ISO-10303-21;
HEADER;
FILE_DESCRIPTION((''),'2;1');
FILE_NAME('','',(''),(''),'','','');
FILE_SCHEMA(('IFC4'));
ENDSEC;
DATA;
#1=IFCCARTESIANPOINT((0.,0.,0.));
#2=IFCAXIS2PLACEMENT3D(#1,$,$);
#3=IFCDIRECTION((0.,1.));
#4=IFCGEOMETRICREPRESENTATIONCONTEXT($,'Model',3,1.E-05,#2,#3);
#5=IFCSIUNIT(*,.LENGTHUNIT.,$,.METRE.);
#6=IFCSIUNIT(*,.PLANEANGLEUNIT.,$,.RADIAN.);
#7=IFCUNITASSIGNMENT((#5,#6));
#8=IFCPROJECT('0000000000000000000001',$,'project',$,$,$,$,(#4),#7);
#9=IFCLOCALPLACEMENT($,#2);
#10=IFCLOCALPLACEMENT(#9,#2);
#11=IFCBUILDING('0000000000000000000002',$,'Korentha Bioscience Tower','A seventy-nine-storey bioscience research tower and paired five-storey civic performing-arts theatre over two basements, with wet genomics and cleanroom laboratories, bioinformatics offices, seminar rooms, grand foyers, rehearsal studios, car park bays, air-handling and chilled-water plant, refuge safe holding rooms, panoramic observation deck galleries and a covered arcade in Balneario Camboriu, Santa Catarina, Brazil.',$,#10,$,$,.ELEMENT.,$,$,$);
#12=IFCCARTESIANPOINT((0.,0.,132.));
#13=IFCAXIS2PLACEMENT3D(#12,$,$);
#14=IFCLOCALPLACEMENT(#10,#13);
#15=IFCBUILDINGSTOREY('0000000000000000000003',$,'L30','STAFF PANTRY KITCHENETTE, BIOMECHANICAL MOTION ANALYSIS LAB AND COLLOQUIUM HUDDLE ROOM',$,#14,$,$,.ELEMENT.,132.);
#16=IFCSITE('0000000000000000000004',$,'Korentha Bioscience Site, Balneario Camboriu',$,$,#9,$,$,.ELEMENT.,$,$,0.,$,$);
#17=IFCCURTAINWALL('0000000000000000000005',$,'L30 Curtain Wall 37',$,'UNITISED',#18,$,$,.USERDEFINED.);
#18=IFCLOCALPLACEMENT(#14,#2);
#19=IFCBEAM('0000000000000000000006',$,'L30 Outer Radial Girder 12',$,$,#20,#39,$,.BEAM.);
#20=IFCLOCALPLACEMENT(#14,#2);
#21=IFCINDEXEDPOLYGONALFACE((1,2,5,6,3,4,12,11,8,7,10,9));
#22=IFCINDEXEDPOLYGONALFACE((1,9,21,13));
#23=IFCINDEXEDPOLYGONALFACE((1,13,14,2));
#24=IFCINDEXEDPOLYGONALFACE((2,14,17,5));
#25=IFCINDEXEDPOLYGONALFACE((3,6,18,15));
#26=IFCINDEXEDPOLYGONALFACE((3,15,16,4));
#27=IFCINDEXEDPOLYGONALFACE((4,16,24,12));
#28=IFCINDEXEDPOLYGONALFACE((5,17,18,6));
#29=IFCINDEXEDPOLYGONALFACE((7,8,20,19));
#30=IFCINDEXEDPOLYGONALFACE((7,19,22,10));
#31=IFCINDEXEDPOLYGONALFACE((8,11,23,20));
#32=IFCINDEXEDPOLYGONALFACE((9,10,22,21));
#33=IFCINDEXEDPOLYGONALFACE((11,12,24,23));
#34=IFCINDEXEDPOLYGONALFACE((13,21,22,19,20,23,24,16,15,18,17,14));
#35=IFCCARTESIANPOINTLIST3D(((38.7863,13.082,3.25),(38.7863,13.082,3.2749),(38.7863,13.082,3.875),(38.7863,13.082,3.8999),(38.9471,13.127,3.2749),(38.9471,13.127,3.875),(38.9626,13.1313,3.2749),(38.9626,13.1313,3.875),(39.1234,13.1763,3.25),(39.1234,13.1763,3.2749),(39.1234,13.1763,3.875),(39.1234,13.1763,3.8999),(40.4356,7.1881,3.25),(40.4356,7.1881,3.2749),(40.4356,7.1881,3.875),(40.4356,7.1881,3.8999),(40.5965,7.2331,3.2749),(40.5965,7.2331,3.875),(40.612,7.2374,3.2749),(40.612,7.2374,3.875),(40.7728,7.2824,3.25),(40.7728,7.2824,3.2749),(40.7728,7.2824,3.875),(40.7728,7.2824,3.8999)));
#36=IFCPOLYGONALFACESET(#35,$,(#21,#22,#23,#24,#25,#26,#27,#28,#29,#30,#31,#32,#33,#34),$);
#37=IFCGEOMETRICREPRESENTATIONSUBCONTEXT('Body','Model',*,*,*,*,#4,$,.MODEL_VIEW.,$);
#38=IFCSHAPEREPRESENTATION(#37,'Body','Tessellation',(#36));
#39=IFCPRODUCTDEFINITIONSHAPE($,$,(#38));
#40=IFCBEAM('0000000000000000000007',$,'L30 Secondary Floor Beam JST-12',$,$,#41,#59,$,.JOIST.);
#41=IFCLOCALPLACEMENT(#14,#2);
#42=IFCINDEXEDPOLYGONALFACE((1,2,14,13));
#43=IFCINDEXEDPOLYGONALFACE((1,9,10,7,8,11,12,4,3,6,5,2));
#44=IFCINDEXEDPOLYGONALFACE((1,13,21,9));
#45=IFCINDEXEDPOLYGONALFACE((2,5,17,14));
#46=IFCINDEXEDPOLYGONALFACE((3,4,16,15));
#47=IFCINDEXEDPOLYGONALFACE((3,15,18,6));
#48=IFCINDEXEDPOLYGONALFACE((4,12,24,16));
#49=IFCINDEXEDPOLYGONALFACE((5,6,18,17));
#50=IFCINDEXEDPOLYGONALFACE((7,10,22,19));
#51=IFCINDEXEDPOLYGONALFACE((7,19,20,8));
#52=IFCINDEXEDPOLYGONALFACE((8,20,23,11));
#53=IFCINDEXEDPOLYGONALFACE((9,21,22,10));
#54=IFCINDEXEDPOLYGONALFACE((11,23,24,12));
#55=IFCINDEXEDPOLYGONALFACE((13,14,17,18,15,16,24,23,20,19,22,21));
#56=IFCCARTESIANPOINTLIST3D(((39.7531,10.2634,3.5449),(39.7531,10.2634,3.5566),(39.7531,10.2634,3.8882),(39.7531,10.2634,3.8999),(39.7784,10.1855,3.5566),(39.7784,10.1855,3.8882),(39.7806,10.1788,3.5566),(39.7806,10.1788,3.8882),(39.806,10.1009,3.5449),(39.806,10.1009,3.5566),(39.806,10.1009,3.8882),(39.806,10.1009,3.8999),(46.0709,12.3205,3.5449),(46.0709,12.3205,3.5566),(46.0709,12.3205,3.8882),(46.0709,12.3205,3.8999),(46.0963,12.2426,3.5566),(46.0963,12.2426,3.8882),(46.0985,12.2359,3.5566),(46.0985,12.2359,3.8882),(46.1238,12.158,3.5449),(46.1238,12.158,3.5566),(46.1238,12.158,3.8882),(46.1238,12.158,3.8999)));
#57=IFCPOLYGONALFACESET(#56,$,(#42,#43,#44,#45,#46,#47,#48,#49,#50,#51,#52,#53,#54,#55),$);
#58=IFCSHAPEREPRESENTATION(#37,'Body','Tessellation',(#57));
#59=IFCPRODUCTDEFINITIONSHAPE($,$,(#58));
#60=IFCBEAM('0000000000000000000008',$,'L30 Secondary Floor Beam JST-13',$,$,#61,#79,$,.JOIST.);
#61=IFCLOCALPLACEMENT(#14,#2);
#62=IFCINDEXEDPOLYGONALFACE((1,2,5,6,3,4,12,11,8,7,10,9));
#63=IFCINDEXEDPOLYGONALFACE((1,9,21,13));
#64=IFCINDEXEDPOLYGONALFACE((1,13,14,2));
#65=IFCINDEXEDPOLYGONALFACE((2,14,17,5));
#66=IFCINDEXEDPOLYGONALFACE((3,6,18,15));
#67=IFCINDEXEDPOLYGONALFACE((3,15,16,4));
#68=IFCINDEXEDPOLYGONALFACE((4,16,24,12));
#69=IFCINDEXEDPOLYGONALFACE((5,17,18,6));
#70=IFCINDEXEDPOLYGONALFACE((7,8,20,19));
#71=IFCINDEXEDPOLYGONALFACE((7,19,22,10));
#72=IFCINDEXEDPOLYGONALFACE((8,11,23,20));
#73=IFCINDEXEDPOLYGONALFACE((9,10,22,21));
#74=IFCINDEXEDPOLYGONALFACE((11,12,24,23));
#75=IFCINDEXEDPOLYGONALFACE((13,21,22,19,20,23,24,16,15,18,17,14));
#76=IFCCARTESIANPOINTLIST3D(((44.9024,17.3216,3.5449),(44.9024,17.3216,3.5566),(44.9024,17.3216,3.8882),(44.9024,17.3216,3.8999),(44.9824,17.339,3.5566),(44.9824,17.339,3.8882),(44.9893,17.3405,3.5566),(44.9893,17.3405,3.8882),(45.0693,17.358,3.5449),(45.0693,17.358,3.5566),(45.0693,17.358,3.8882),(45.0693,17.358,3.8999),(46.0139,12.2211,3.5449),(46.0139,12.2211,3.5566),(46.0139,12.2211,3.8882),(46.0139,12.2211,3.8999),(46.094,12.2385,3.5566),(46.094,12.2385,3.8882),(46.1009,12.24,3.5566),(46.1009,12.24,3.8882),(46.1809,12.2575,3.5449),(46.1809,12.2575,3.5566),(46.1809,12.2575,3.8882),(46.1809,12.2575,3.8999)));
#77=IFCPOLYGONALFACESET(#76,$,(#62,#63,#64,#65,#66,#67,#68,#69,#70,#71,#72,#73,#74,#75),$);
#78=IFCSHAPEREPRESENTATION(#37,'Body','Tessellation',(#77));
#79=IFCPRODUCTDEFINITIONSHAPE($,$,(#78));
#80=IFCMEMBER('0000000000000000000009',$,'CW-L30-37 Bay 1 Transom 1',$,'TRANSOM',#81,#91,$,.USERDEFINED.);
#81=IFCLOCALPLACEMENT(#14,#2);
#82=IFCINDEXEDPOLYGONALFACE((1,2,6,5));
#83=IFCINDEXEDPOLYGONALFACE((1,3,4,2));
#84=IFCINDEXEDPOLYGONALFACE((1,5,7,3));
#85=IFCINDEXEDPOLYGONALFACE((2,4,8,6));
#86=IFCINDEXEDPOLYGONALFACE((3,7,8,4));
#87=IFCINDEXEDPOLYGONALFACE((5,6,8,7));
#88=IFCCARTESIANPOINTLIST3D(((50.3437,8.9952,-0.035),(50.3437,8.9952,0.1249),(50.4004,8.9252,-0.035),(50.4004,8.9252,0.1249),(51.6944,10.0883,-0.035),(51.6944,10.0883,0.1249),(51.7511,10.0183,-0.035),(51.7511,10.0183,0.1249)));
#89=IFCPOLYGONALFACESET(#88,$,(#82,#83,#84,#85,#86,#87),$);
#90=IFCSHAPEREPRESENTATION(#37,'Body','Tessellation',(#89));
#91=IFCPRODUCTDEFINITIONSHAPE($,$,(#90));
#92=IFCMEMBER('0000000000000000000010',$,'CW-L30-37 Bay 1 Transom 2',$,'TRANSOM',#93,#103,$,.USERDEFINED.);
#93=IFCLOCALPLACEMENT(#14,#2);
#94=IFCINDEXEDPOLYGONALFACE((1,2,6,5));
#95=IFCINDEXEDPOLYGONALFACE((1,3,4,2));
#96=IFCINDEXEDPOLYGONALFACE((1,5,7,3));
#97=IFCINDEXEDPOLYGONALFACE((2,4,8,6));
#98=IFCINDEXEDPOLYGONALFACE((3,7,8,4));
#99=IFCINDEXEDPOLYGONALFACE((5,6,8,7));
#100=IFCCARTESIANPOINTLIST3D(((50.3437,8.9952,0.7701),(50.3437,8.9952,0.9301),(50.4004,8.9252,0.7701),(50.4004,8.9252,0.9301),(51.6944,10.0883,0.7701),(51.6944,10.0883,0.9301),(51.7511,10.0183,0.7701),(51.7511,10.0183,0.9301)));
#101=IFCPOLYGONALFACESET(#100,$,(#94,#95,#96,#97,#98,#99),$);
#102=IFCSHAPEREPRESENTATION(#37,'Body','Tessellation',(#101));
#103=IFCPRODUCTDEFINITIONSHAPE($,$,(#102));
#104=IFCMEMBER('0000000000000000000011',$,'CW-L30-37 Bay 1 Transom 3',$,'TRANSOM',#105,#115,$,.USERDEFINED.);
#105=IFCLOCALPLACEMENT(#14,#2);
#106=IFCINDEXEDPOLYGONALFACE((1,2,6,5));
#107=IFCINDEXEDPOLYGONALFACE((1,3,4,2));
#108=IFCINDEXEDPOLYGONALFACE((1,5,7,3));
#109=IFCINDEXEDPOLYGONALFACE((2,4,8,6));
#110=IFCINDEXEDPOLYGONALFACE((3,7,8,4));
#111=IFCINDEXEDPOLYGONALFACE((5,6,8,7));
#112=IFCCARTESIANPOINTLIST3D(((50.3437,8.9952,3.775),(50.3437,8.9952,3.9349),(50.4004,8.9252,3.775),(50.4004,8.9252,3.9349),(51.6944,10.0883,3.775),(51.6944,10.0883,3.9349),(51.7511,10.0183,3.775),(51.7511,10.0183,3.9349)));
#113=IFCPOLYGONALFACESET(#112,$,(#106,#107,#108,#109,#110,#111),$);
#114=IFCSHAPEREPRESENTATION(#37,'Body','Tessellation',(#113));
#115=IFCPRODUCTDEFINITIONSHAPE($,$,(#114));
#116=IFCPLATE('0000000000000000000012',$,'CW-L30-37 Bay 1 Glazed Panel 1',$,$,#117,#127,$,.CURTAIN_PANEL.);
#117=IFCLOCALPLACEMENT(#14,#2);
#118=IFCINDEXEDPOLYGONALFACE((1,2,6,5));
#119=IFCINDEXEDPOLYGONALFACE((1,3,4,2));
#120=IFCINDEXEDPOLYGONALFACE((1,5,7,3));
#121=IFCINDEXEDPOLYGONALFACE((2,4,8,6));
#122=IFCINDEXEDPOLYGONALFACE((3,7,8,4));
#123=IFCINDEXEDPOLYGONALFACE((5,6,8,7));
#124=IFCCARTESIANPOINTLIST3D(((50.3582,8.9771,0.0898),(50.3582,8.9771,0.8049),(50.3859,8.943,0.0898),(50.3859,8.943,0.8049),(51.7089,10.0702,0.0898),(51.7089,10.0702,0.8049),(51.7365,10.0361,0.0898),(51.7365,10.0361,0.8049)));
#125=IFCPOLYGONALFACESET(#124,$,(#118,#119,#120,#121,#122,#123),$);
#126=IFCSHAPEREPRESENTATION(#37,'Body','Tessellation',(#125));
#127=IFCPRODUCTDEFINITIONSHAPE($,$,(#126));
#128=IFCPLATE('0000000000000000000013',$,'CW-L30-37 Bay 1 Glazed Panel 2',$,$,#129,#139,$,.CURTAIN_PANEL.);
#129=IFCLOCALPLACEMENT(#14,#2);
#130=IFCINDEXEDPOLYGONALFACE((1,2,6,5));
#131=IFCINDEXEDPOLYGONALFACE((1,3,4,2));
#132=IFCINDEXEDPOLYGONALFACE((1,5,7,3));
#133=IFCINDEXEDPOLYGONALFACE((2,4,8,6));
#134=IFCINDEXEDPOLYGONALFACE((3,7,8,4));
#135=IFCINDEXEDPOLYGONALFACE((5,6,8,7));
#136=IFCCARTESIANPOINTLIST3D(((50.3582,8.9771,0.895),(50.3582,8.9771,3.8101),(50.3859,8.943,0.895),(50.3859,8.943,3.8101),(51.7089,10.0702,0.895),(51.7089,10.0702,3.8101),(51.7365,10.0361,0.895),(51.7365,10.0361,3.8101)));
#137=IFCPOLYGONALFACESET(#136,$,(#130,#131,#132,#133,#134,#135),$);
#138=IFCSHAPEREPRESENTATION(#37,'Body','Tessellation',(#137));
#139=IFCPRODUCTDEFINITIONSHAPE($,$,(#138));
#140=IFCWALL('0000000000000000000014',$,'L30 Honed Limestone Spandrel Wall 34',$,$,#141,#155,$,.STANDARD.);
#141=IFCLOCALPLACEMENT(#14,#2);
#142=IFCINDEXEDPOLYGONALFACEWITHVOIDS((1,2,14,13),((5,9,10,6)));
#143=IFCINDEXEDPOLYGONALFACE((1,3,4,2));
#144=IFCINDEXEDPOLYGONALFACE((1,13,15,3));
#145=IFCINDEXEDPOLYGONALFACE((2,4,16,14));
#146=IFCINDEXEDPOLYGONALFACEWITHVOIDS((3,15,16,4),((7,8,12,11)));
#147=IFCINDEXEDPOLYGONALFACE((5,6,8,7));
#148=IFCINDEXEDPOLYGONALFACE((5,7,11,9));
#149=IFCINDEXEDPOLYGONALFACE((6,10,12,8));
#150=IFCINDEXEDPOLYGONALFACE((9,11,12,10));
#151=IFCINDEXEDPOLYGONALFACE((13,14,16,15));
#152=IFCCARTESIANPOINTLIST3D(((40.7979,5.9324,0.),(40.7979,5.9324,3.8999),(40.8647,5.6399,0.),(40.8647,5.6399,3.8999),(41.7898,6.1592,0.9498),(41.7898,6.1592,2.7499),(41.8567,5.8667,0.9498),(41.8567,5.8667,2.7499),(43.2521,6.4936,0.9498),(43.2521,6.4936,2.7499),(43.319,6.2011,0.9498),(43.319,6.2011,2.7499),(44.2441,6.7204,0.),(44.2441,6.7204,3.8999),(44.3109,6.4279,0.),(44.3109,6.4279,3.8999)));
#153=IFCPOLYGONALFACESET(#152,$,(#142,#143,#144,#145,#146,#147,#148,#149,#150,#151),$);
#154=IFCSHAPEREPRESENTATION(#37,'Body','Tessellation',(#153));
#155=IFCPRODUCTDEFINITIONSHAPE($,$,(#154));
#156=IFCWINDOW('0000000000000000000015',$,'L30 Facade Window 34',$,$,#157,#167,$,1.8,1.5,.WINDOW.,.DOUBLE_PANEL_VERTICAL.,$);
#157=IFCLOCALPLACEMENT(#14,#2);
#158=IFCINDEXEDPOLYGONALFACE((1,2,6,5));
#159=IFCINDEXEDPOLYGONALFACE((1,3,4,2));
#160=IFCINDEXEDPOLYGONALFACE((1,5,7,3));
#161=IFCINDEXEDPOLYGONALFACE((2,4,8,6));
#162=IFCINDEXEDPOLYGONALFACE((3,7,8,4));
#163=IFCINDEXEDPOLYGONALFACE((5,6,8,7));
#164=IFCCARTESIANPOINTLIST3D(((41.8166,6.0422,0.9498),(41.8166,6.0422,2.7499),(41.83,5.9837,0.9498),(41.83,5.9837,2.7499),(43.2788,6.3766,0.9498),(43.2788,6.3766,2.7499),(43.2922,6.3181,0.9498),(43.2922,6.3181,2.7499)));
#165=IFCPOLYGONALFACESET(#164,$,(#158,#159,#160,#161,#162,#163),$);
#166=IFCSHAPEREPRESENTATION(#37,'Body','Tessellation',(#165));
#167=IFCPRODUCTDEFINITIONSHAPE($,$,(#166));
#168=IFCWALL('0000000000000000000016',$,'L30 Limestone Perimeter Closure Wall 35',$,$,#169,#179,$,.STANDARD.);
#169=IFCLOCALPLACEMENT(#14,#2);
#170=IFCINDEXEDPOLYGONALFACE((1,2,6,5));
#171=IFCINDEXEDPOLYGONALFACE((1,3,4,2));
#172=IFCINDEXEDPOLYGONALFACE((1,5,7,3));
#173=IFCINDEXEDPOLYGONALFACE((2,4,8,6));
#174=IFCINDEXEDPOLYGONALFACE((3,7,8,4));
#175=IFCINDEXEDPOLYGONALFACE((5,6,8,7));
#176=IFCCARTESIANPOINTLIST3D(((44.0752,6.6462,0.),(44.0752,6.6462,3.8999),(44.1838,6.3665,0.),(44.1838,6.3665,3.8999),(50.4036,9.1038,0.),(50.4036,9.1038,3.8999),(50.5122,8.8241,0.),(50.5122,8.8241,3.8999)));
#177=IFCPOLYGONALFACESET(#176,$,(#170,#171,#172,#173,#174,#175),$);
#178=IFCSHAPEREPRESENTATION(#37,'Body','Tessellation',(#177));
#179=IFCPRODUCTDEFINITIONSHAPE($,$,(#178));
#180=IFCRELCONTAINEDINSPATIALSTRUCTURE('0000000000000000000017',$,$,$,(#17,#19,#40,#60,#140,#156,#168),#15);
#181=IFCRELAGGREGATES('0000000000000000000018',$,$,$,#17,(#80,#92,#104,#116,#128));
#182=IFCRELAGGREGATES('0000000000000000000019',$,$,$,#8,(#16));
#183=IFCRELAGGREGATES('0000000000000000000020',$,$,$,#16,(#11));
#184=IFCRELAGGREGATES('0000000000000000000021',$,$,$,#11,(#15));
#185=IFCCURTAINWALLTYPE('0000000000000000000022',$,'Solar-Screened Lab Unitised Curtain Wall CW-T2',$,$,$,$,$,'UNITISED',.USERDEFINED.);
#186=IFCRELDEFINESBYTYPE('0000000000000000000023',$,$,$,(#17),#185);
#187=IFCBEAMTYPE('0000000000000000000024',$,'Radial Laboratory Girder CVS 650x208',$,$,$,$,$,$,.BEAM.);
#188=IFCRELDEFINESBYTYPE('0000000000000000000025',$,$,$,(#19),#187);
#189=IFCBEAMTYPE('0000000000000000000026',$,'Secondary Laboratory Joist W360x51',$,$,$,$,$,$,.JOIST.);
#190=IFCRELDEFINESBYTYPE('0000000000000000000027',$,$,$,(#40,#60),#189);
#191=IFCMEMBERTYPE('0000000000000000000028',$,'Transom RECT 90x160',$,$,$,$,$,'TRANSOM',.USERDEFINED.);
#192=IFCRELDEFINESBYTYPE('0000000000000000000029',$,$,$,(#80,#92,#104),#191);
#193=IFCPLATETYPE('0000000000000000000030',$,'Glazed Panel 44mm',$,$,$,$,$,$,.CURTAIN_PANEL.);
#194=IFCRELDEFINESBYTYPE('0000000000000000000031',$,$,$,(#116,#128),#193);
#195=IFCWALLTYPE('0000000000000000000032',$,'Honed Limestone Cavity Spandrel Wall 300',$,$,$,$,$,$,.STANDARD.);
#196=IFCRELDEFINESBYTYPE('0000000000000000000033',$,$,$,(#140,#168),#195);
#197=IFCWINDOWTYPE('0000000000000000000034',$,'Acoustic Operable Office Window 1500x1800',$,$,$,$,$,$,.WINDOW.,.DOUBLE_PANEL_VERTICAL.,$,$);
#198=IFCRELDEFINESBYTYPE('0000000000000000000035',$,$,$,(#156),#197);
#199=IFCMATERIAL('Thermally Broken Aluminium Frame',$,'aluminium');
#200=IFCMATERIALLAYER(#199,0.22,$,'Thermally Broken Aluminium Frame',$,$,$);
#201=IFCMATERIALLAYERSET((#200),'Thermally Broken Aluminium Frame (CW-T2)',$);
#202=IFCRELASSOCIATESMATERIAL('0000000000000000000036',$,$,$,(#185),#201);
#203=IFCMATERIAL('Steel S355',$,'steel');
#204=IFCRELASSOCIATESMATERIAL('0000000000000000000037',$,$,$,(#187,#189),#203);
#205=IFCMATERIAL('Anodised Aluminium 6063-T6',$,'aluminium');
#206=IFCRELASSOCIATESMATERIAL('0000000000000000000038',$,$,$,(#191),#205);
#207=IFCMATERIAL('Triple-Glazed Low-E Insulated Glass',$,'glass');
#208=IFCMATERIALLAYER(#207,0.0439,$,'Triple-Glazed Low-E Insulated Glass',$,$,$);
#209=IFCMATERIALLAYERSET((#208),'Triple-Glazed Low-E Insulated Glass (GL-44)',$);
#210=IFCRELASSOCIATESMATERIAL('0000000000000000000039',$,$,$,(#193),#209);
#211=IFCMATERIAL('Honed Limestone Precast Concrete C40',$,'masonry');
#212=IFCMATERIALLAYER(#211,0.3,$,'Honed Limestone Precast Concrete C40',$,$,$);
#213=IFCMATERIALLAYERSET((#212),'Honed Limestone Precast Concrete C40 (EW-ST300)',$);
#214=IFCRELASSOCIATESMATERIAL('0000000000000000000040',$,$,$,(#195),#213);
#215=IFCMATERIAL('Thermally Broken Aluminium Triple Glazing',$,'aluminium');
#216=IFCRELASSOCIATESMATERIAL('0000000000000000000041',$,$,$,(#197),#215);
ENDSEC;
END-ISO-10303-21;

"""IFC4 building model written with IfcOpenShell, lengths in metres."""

from ifc_helpers import new_model, si_unit, direction, frame, frame_2d, origin, origin_2d, place, context, subcontext, project, spatial, rectangle, i_section, extrude, material, layer, layer_set, material_profile, profile_set, type_object, element, fill, aggregate, save


model = new_model("IFC4")

# Units and contexts
model_context = context("Model", 3, precision=1e-05, world=origin(), true_north=direction((0.0, 1.0)))
body_context = subcontext(model_context, "Body", "Model", "MODEL_VIEW")
ifc_project = project(units=[si_unit("LENGTHUNIT", "METRE"), si_unit("PLANEANGLEUNIT", "RADIAN")], contexts=[model_context])

# Site, building, storey
site_placement = place(None, origin())
site = spatial("IfcSite", under=ifc_project, at=site_placement, Name="Korentha Bioscience Site, Balneario Camboriu", CompositionType="ELEMENT", RefElevation=0.0)
building_placement = place(site_placement, origin())
building = spatial("IfcBuilding", under=site, at=building_placement, Name="Korentha Bioscience Tower", Description="A seventy-nine-storey bioscience research tower and paired five-storey civic performing-arts theatre over two basements, with wet genomics and cleanroom laboratories, bioinformatics offices, seminar rooms, grand foyers, rehearsal studios, car park bays, air-handling and chilled-water plant, refuge safe holding rooms, panoramic observation deck galleries and a covered arcade in Balneario Camboriu, Santa Catarina, Brazil.", CompositionType="ELEMENT")
storey_placement = place(building_placement, frame((0.0, 0.0, 132.0)))
storey = spatial("IfcBuildingStorey", under=building, at=storey_placement, Name="L30", Description="STAFF PANTRY KITCHENETTE, BIOMECHANICAL MOTION ANALYSIS LAB AND COLLOQUIUM HUDDLE ROOM", CompositionType="ELEMENT", Elevation=132.0)

# Shared definitions
ifc_material_1 = material(Name="Steel S355", Category="steel")

# Curtain wall
ifc_material_2 = material(Name="Thermally Broken Aluminium Frame", Category="aluminium")
ifc_layer_1 = layer(ifc_material_2, 0.22, Name="Thermally Broken Aluminium Frame")
ifc_layer_set_1 = layer_set([ifc_layer_1], Name="Thermally Broken Aluminium Frame (CW-T2)")
curtain_wall_type = type_object("IfcCurtainWallType", Name="Solar-Screened Lab Unitised Curtain Wall CW-T2", ElementType="UNITISED", PredefinedType="USERDEFINED", material=ifc_layer_set_1)
curtain_wall_placement = place(storey_placement, origin())
curtain_wall = element("IfcCurtainWall", 1, at=curtain_wall_placement, inside=storey, type_object=curtain_wall_type, Name="L30 Curtain Wall 37", ObjectType="UNITISED", PredefinedType="USERDEFINED")
ifc_material_3 = material(Name="Anodised Aluminium 6063-T6", Category="aluminium")

# Beams
ifc_material_profile_1 = material_profile(ifc_material_1, i_section(OverallWidth=0.3501, OverallDepth=0.6499, WebThickness=0.0161, FlangeThickness=0.0249, at=origin_2d()), Name="Steel S355")
ifc_profile_set_1 = profile_set([ifc_material_profile_1], Name="Steel S355 (RB-650)")
beam_type_1 = type_object("IfcBeamType", Name="Radial Laboratory Girder CVS 650x208", PredefinedType="BEAM", material=ifc_profile_set_1)
beam_1_placement = place(storey_placement, frame((38.9548, 13.1292, 3.575), z_axis=(0.269491, -0.963003, 0.0), x_axis=(0.963003, 0.269491, 0.0)))
element("IfcBeam", 2, at=beam_1_placement, inside=storey, type_object=beam_type_1, Name="L30 Outer Radial Girder 12", PredefinedType="BEAM", context=body_context, shape_type="SweptSolid", body=[
    extrude(i_section(OverallWidth=0.3501, OverallDepth=0.6499, WebThickness=0.0161, FlangeThickness=0.0249, at=origin_2d()), origin(), (0.0, 0.0, 1.0), 6.1204),
])
ifc_material_profile_2 = material_profile(ifc_material_1, i_section(OverallWidth=0.1709, OverallDepth=0.355, WebThickness=0.0071, FlangeThickness=0.0117, at=origin_2d()), Name="Steel S355")
ifc_profile_set_2 = profile_set([ifc_material_profile_2], Name="Steel S355 (JB-360)")
beam_type_2 = type_object("IfcBeamType", Name="Secondary Laboratory Joist W360x51", PredefinedType="JOIST", material=ifc_profile_set_2)
beam_2_placement = place(storey_placement, frame((39.7795, 10.1821, 3.7224), z_axis=(0.950865, 0.309606, 0.0), x_axis=(-0.309606, 0.950865, 0.0)))
element("IfcBeam", 3, at=beam_2_placement, inside=storey, type_object=beam_type_2, Name="L30 Secondary Floor Beam JST-12", PredefinedType="JOIST", context=body_context, shape_type="SweptSolid", body=[
    extrude(i_section(OverallWidth=0.1709, OverallDepth=0.355, WebThickness=0.0071, FlangeThickness=0.0117, at=origin_2d()), origin(), (0.0, 0.0, 1.0), 6.6443),
])
beam_3_placement = place(storey_placement, frame((46.0974, 12.2393, 3.7224), z_axis=(-0.212932, 0.977067, 0.0), x_axis=(-0.977067, -0.212932, 0.0)))
element("IfcBeam", 4, at=beam_3_placement, inside=storey, type_object=beam_type_2, Name="L30 Secondary Floor Beam JST-13", PredefinedType="JOIST", context=body_context, shape_type="SweptSolid", body=[
    extrude(i_section(OverallWidth=0.1709, OverallDepth=0.355, WebThickness=0.0071, FlangeThickness=0.0117, at=origin_2d()), origin(), (0.0, 0.0, 1.0), 5.2202),
])

# Members
ifc_material_profile_3 = material_profile(ifc_material_3, rectangle(XDim=0.0901, YDim=0.1599, at=origin_2d()), Name="Anodised Aluminium 6063-T6")
ifc_profile_set_3 = profile_set([ifc_material_profile_3], Name="Anodised Aluminium 6063-T6 (CW-TRN)")
member_type_1 = type_object("IfcMemberType", Name="Transom RECT 90x160", ElementType="TRANSOM", PredefinedType="USERDEFINED", material=ifc_profile_set_3)
member_1_placement = place(storey_placement, frame((50.3721, 8.9602, 0.0449), z_axis=(0.777333, 0.629089, 0.0), x_axis=(-0.629089, 0.777333, 0.0)))
member_1 = element("IfcMember", 5, at=member_1_placement, type_object=member_type_1, Name="CW-L30-37 Bay 1 Transom 1", ObjectType="TRANSOM", PredefinedType="USERDEFINED", context=body_context, shape_type="SweptSolid", body=[
    extrude(rectangle(XDim=0.0901, YDim=0.1599, at=origin_2d()), origin(), (0.0, 0.0, 1.0), 1.7375),
])
member_2_placement = place(storey_placement, frame((50.3721, 8.9602, 0.8501), z_axis=(0.777333, 0.629089, 0.0), x_axis=(-0.629089, 0.777333, 0.0)))
member_2 = element("IfcMember", 6, at=member_2_placement, type_object=member_type_1, Name="CW-L30-37 Bay 1 Transom 2", ObjectType="TRANSOM", PredefinedType="USERDEFINED", context=body_context, shape_type="SweptSolid", body=[
    extrude(rectangle(XDim=0.0901, YDim=0.1599, at=origin_2d()), origin(), (0.0, 0.0, 1.0), 1.7375),
])
member_3_placement = place(storey_placement, frame((50.3721, 8.9602, 3.855), z_axis=(0.777333, 0.629089, 0.0), x_axis=(-0.629089, 0.777333, 0.0)))
member_3 = element("IfcMember", 7, at=member_3_placement, type_object=member_type_1, Name="CW-L30-37 Bay 1 Transom 3", ObjectType="TRANSOM", PredefinedType="USERDEFINED", context=body_context, shape_type="SweptSolid", body=[
    extrude(rectangle(XDim=0.0901, YDim=0.1599, at=origin_2d()), origin(), (0.0, 0.0, 1.0), 1.7375),
])

# Plates
ifc_material_4 = material(Name="Triple-Glazed Low-E Insulated Glass", Category="glass")
ifc_layer_2 = layer(ifc_material_4, 0.0439, Name="Triple-Glazed Low-E Insulated Glass")
ifc_layer_set_2 = layer_set([ifc_layer_2], Name="Triple-Glazed Low-E Insulated Glass (GL-44)")
plate_type = type_object("IfcPlateType", Name="Glazed Panel 44mm", PredefinedType="CURTAIN_PANEL", material=ifc_layer_set_2)
plate_1_placement = place(storey_placement, frame((51.0474, 9.5066, 0.0898), z_axis=(0.0, 0.0, 1.0), x_axis=(0.777315, 0.629111, 0.0)))
plate_1 = element("IfcPlate", 8, at=plate_1_placement, type_object=plate_type, Name="CW-L30-37 Bay 1 Glazed Panel 1", PredefinedType="CURTAIN_PANEL", context=body_context, shape_type="SweptSolid", body=[
    extrude(rectangle(XDim=1.7375, YDim=0.0439, at=origin_2d()), origin(), (0.0, 0.0, 1.0), 0.7151),
])
plate_2_placement = place(storey_placement, frame((51.0474, 9.5066, 0.895), z_axis=(0.0, 0.0, 1.0), x_axis=(0.777315, 0.629111, 0.0)))
plate_2 = element("IfcPlate", 9, at=plate_2_placement, type_object=plate_type, Name="CW-L30-37 Bay 1 Glazed Panel 2", PredefinedType="CURTAIN_PANEL", context=body_context, shape_type="SweptSolid", body=[
    extrude(rectangle(XDim=1.7375, YDim=0.0439, at=origin_2d()), origin(), (0.0, 0.0, 1.0), 2.915),
])
aggregate(curtain_wall, [member_1, member_2, member_3, plate_1, plate_2])

# Wall, opening, window
ifc_material_5 = material(Name="Honed Limestone Precast Concrete C40", Category="masonry")
ifc_layer_3 = layer(ifc_material_5, 0.3, Name="Honed Limestone Precast Concrete C40")
ifc_layer_set_3 = layer_set([ifc_layer_3], Name="Honed Limestone Precast Concrete C40 (EW-ST300)")
wall_type = type_object("IfcWallType", Name="Honed Limestone Cavity Spandrel Wall 300", PredefinedType="STANDARD", material=ifc_layer_set_3)
wall_1_placement = place(storey_placement, frame((40.8313, 5.7861, 0.0), z_axis=(0.0, 0.0, 1.0), x_axis=(0.974836, 0.222922, 0.0)))
wall_1 = element("IfcWall", 10, at=wall_1_placement, inside=storey, type_object=wall_type, Name="L30 Honed Limestone Spandrel Wall 34", PredefinedType="STANDARD", context=body_context, shape_type="SweptSolid", body=[
    extrude(rectangle(XDim=3.5352, YDim=0.3, at=frame_2d((1.7676, 0.0))), origin(), (0.0, 0.0, 1.0), 3.8999),
])
opening_placement = place(wall_1_placement, frame((1.0176, 0.0, 0.95)))
opening = element("IfcOpeningElement", 11, at=opening_placement, cuts=wall_1, PredefinedType="OPENING", context=body_context, shape_type="SweptSolid", body=[
    extrude(rectangle(XDim=1.5, YDim=1.8, at=frame_2d((0.75, 0.8999))), frame((0.0, 0.165, 0.0), z_axis=(0.0, -1.0, 0.0), x_axis=(1.0, 0.0, 0.0)), (0.0, 0.0, 1.0), 0.3298),
])
ifc_material_6 = material(Name="Thermally Broken Aluminium Triple Glazing", Category="aluminium")
window_type = type_object("IfcWindowType", Name="Acoustic Operable Office Window 1500x1800", PartitioningType="DOUBLE_PANEL_VERTICAL", PredefinedType="WINDOW", material=ifc_material_6)
window_placement = place(opening_placement, origin())
window = element("IfcWindow", 12, at=window_placement, inside=storey, type_object=window_type, Name="L30 Facade Window 34", OverallHeight=1.8, OverallWidth=1.5, PartitioningType="DOUBLE_PANEL_VERTICAL", PredefinedType="WINDOW", context=body_context, shape_type="SweptSolid", body=[
    extrude(rectangle(XDim=1.5, YDim=1.8, at=frame_2d((0.75, 0.8999))), frame((0.0, 0.03, 0.0), z_axis=(0.0, -1.0, 0.0), x_axis=(1.0, 0.0, 0.0)), (0.0, 0.0, 1.0), 0.0601),
])
fill(opening, window)

# Wall
wall_2_placement = place(storey_placement, frame((44.1294, 6.5063, 0.0), z_axis=(0.0, 0.0, 1.0), x_axis=(0.932179, 0.361997, 0.0)))
element("IfcWall", 13, at=wall_2_placement, inside=storey, type_object=wall_type, Name="L30 Limestone Perimeter Closure Wall 35", PredefinedType="STANDARD", context=body_context, shape_type="SweptSolid", body=[
    extrude(rectangle(XDim=6.7888, YDim=0.3, at=frame_2d((3.3945, 0.0))), origin(), (0.0, 0.0, 1.0), 3.8999),
])

save(model, "model.ifc")
